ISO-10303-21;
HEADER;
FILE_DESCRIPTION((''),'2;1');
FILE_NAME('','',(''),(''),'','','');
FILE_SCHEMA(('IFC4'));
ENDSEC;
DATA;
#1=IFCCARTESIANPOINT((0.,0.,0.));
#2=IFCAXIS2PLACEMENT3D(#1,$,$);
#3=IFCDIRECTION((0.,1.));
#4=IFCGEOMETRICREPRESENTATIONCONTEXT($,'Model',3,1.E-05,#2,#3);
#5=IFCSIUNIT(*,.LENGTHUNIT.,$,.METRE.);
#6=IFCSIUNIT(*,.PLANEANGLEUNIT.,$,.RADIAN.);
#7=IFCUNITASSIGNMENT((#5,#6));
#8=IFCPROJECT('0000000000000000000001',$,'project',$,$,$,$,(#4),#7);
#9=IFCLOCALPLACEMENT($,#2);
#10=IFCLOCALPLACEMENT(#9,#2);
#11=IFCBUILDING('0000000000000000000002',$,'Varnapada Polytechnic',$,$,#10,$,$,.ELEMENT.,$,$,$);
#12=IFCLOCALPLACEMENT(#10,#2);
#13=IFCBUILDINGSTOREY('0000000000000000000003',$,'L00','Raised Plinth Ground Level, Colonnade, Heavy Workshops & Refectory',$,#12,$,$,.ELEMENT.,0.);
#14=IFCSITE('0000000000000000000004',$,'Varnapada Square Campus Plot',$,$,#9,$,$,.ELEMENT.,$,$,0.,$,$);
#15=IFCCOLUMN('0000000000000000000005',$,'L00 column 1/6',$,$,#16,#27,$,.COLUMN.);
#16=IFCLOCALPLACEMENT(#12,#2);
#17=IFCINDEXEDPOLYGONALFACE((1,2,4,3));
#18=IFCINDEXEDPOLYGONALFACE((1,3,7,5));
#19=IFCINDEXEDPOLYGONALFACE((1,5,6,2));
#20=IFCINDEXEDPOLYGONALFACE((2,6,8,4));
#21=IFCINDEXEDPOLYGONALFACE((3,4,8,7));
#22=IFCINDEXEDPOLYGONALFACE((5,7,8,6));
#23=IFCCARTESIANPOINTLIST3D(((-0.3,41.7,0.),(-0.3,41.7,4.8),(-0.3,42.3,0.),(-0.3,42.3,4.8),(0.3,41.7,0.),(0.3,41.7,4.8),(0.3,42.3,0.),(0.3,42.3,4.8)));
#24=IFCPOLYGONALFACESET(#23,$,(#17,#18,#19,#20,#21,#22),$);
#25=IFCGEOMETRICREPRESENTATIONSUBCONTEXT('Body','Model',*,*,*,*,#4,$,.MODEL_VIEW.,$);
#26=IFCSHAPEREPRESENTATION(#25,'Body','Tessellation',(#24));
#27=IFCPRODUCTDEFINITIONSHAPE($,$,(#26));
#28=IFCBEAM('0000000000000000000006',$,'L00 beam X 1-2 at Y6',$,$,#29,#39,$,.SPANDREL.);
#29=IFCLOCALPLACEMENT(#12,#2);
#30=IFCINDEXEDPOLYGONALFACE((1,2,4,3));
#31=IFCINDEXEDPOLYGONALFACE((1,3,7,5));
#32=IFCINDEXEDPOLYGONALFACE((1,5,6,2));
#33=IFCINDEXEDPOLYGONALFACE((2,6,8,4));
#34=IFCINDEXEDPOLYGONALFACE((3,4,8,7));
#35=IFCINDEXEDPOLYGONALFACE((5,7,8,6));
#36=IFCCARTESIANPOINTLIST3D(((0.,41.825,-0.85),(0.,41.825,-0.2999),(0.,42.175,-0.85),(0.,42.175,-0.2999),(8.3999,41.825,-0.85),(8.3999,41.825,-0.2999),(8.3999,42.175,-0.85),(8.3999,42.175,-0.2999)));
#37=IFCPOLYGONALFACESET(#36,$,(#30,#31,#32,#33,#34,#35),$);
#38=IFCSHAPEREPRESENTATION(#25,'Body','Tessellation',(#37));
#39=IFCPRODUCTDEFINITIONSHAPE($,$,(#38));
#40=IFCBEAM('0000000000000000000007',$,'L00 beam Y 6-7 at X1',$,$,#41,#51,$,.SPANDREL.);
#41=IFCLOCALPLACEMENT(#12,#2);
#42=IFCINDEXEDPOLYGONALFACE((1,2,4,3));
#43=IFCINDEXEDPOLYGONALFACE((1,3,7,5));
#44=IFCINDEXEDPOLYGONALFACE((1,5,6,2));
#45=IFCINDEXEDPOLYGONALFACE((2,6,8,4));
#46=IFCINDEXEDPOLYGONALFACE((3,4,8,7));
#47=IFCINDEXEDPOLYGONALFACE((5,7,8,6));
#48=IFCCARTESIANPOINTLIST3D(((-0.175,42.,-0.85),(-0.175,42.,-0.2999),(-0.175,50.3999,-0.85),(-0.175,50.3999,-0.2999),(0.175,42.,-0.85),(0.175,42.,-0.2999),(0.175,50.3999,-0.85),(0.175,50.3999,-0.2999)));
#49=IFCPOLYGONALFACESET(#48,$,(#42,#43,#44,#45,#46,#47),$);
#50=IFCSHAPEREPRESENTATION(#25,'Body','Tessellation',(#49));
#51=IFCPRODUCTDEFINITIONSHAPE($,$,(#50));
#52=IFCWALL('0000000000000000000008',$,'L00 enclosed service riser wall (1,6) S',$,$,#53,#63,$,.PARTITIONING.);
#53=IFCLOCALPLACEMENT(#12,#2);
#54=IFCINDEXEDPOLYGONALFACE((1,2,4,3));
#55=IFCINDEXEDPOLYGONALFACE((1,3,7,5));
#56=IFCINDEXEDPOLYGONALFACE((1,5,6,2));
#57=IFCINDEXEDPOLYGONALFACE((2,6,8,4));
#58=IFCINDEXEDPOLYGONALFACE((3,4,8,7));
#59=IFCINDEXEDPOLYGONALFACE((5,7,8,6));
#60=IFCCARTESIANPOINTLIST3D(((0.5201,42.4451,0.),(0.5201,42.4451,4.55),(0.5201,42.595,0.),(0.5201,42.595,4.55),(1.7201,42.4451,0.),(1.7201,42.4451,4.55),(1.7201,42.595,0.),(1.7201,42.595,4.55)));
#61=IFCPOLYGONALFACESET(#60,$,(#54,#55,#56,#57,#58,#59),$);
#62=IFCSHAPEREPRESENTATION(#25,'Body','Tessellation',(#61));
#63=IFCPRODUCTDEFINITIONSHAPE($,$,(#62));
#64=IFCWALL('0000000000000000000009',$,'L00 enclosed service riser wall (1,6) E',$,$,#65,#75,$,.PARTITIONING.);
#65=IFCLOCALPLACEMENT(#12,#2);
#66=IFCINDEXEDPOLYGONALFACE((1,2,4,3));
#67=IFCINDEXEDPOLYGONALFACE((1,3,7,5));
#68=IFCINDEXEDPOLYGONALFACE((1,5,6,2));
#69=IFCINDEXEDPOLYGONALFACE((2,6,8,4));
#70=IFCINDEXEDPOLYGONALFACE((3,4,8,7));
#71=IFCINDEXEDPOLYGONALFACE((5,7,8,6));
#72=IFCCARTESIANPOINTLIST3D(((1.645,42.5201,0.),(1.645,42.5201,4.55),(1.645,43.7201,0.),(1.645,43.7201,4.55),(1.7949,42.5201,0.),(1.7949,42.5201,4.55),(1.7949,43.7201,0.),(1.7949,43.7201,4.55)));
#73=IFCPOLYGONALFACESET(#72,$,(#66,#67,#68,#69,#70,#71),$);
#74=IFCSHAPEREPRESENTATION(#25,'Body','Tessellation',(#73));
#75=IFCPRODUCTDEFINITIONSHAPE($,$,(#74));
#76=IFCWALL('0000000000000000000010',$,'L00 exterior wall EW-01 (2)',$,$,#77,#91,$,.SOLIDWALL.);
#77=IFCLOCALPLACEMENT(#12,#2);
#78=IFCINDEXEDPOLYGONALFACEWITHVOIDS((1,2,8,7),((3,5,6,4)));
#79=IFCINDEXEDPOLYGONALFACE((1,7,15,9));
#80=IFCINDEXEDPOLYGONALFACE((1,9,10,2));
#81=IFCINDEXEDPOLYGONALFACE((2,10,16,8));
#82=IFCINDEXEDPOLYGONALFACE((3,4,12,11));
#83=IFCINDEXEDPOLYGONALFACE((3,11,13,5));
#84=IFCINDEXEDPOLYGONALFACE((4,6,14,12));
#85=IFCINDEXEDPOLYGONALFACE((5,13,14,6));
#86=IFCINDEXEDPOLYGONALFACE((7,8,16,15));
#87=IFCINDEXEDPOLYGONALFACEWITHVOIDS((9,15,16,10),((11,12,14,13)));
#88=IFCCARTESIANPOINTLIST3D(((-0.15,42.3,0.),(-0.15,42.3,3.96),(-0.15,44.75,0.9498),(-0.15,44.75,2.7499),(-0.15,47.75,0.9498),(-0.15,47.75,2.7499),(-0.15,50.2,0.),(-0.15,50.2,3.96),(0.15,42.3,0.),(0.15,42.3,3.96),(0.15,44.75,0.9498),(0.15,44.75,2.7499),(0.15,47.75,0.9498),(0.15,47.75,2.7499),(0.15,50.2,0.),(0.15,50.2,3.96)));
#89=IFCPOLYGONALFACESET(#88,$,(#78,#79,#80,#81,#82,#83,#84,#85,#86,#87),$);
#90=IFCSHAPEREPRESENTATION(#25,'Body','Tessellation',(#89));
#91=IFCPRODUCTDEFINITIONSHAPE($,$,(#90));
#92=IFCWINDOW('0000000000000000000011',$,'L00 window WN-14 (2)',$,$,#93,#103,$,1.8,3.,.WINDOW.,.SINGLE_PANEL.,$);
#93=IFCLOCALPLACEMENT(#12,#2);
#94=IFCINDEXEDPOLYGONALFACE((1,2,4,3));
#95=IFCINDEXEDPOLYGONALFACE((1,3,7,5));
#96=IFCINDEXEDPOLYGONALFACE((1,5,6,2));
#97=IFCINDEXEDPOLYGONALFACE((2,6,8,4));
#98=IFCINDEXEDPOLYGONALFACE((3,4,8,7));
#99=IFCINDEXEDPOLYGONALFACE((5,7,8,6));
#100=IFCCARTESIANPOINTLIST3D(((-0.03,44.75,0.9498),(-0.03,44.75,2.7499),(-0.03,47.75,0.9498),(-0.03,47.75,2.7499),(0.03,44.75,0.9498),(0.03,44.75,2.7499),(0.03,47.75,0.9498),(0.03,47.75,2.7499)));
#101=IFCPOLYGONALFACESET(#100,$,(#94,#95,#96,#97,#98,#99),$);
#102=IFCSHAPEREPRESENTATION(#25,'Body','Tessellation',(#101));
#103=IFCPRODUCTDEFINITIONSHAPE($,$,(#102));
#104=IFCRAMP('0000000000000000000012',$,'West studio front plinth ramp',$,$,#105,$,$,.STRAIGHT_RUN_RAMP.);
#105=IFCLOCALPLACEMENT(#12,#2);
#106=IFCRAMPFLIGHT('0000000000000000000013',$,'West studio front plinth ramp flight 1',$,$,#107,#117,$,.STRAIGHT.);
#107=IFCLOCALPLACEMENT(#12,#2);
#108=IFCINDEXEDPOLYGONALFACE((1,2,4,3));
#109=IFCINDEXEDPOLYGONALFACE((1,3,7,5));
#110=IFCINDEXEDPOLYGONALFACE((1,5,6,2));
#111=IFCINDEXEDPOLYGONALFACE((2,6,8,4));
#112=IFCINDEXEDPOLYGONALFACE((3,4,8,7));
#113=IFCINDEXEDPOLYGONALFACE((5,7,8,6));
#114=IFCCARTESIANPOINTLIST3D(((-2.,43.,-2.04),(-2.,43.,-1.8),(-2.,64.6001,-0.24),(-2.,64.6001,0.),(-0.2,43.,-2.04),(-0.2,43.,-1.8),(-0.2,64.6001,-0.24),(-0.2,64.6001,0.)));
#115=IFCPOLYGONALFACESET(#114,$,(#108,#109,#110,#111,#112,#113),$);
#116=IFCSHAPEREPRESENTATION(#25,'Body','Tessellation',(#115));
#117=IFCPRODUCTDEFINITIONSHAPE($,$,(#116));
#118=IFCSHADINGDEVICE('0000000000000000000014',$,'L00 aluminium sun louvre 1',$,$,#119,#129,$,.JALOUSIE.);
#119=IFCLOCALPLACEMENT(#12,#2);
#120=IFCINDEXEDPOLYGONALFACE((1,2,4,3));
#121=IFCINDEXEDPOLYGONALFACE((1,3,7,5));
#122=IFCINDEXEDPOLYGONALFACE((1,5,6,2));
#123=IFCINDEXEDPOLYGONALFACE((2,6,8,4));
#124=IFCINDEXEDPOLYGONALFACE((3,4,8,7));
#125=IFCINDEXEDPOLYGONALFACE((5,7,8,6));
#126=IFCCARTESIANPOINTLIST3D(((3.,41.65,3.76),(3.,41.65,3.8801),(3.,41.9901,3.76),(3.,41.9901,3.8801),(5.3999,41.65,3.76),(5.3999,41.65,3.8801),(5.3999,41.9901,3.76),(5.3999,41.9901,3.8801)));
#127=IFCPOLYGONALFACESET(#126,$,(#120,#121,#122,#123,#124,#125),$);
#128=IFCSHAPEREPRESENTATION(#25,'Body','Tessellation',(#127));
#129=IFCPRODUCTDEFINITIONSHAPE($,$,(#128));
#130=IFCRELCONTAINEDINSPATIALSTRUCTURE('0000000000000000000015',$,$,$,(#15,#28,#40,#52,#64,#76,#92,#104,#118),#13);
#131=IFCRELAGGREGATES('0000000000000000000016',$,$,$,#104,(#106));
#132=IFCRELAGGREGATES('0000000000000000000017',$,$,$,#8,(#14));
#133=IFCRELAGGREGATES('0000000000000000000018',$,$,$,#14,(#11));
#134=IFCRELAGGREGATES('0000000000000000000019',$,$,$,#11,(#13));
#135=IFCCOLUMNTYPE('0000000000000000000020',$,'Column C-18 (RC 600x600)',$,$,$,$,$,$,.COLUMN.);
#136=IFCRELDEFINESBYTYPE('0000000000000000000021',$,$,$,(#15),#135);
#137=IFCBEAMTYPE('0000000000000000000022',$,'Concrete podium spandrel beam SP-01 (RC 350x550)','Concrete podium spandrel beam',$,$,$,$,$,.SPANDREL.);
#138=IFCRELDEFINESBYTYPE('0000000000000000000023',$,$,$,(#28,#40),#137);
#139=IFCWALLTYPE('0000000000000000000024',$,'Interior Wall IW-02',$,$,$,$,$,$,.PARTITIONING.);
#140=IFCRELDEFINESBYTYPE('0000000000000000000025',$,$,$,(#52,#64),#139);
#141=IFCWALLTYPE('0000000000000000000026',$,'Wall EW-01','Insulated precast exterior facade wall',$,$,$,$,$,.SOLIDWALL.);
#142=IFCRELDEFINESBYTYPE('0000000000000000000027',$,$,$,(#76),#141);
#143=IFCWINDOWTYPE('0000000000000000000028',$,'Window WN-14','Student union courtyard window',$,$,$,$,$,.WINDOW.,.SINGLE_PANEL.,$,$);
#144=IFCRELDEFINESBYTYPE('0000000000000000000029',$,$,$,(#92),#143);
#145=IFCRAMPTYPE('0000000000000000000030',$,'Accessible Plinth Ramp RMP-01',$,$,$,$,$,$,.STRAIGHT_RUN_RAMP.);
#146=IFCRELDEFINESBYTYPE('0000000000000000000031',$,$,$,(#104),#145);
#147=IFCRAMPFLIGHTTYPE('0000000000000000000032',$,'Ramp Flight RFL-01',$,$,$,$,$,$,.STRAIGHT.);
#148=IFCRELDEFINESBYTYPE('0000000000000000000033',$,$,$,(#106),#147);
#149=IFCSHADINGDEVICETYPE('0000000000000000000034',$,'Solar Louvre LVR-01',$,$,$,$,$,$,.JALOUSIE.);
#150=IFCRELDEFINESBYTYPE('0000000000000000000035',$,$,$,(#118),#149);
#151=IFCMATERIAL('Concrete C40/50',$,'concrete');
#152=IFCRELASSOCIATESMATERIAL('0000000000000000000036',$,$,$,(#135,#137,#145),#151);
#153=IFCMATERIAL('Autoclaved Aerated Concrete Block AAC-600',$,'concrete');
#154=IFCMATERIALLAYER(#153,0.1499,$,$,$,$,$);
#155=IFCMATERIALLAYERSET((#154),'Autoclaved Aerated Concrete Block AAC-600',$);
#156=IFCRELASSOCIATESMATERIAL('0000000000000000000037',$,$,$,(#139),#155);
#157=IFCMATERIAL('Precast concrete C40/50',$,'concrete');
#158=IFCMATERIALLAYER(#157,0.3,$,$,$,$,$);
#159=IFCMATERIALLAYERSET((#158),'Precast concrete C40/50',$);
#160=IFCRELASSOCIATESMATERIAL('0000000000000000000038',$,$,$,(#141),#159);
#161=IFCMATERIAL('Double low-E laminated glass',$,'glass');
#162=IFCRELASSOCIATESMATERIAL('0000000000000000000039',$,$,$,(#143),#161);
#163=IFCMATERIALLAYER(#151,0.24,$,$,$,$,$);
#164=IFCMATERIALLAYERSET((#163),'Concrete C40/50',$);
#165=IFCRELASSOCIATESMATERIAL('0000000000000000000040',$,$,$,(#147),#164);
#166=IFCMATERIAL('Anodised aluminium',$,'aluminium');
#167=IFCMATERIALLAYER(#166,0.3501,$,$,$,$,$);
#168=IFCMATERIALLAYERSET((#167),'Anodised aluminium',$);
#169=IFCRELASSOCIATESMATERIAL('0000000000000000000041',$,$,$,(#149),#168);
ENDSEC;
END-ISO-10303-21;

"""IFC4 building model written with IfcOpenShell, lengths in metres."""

from ifc_helpers import new_model, si_unit, direction, frame, frame_2d, origin, origin_2d, place, context, subcontext, project, spatial, polyline, rectangle, outline, extrude, material, layer, layer_set, material_profile, profile_set, type_object, element, fill, aggregate, save


model = new_model("IFC4")

# Units and contexts
model_context = context("Model", 3, precision=1e-05, world=origin(), true_north=direction((0.0, 1.0)))
body_context = subcontext(model_context, "Body", "Model", "MODEL_VIEW")
ifc_project = project(units=[si_unit("LENGTHUNIT", "METRE"), si_unit("PLANEANGLEUNIT", "RADIAN")], contexts=[model_context])

# Site, building, storey
site_placement = place(None, origin())
site = spatial("IfcSite", under=ifc_project, at=site_placement, Name="Varnapada Square Campus Plot", CompositionType="ELEMENT", RefElevation=0.0)
building_placement = place(site_placement, origin())
building = spatial("IfcBuilding", under=site, at=building_placement, Name="Varnapada Polytechnic", CompositionType="ELEMENT")
storey_placement = place(building_placement, origin())
storey = spatial("IfcBuildingStorey", under=building, at=storey_placement, Name="L00", Description="Raised Plinth Ground Level, Colonnade, Heavy Workshops & Refectory", CompositionType="ELEMENT", Elevation=0.0)

# Column
ifc_material_1 = material(Name="Concrete C40/50", Category="concrete")
ifc_material_profile_1 = material_profile(ifc_material_1, rectangle(XDim=0.6001, YDim=0.6001, at=origin_2d()), Name="RC 600x600")
ifc_profile_set_1 = profile_set([ifc_material_profile_1], Name="Concrete C40/50")
column_type = type_object("IfcColumnType", Name="Column C-18 (RC 600x600)", PredefinedType="COLUMN", material=ifc_profile_set_1)
column_placement = place(storey_placement, frame((0.0, 42.0, 0.0), z_axis=(0.0, 0.0, 1.0), x_axis=(1.0, 0.0, 0.0)))
element("IfcColumn", 1, at=column_placement, inside=storey, type_object=column_type, Name="L00 column 1/6", PredefinedType="COLUMN", context=body_context, shape_type="SweptSolid", body=[
    extrude(rectangle(XDim=0.6001, YDim=0.6001, at=origin_2d()), origin(), (0.0, 0.0, 1.0), 4.8),
])

# Beams
ifc_material_profile_2 = material_profile(ifc_material_1, rectangle(XDim=0.3501, YDim=0.55, at=origin_2d()), Name="RC 350x550")
ifc_profile_set_2 = profile_set([ifc_material_profile_2], Name="Concrete C40/50")
beam_type = type_object("IfcBeamType", Name="Concrete podium spandrel beam SP-01 (RC 350x550)", Description="Concrete podium spandrel beam", PredefinedType="SPANDREL", material=ifc_profile_set_2)
for number, where, z_axis, x_axis, name in (
    (2, (0.0, 42.0, -0.575), (1.0, 0.0, 0.0), (0.0, 1.0, 0.0), "L00 beam X 1-2 at Y6"),
    (3, (0.0, 42.0, -0.575), (0.0, 1.0, 0.0), (-1.0, 0.0, 0.0), "L00 beam Y 6-7 at X1"),
):
    element("IfcBeam", number, at=place(storey_placement, frame(where, z_axis=z_axis, x_axis=x_axis)), inside=storey, type_object=beam_type, Name=name, PredefinedType="SPANDREL", context=body_context, shape_type="SweptSolid", body=[
        extrude(rectangle(XDim=0.3501, YDim=0.55, at=origin_2d()), origin(), (0.0, 0.0, 1.0), 8.3999),
    ])

# Walls
ifc_material_2 = material(Name="Autoclaved Aerated Concrete Block AAC-600", Category="concrete")
ifc_layer_1 = layer(ifc_material_2, 0.1499)
ifc_layer_set_1 = layer_set([ifc_layer_1], Name="Autoclaved Aerated Concrete Block AAC-600")
wall_type_1 = type_object("IfcWallType", Name="Interior Wall IW-02", PredefinedType="PARTITIONING", material=ifc_layer_set_1)
for number, where, z_axis, x_axis, name in (
    (4, (0.52, 42.52, 0.0), (0.0, 0.0, 1.0), (1.0, 0.0, 0.0), "L00 enclosed service riser wall (1,6) S"),
    (5, (1.72, 42.52, 0.0), (0.0, 0.0, 1.0), (0.0, 1.0, 0.0), "L00 enclosed service riser wall (1,6) E"),
):
    element("IfcWall", number, at=place(storey_placement, frame(where, z_axis=z_axis, x_axis=x_axis)), inside=storey, type_object=wall_type_1, Name=name, PredefinedType="PARTITIONING", context=body_context, shape_type="SweptSolid", body=[
        extrude(rectangle(XDim=1.2, YDim=0.1499, at=frame_2d((0.6001, 0.0))), origin(), (0.0, 0.0, 1.0), 4.55),
    ])

# Wall, opening, window
ifc_material_3 = material(Name="Precast concrete C40/50", Category="concrete")
ifc_layer_2 = layer(ifc_material_3, 0.3)
ifc_layer_set_2 = layer_set([ifc_layer_2], Name="Precast concrete C40/50")
wall_type_2 = type_object("IfcWallType", Name="Wall EW-01", Description="Insulated precast exterior facade wall", PredefinedType="SOLIDWALL", material=ifc_layer_set_2)
wall_placement = place(storey_placement, frame((0.0, 42.3, 0.0), z_axis=(0.0, 0.0, 1.0), x_axis=(0.0, 1.0, 0.0)))
wall = element("IfcWall", 6, at=wall_placement, inside=storey, type_object=wall_type_2, Name="L00 exterior wall EW-01 (2)", PredefinedType="SOLIDWALL", context=body_context, shape_type="SweptSolid", body=[
    extrude(rectangle(XDim=7.8999, YDim=0.3, at=frame_2d((3.95, 0.0))), origin(), (0.0, 0.0, 1.0), 3.96),
])
opening_1_placement = place(wall_placement, frame((2.45, 0.0, 0.95)))
opening_1 = element("IfcOpeningElement", 7, at=opening_1_placement, cuts=wall, PredefinedType="OPENING", context=body_context, shape_type="SweptSolid", body=[
    extrude(rectangle(XDim=3.0, YDim=1.8, at=frame_2d((1.5, 0.8999))), frame((0.0, 0.1599, 0.0), z_axis=(0.0, -1.0, 0.0), x_axis=(1.0, 0.0, 0.0)), (0.0, 0.0, 1.0), 0.3201),
])
ifc_material_4 = material(Name="Double low-E laminated glass", Category="glass")
window_type = type_object("IfcWindowType", Name="Window WN-14", Description="Student union courtyard window", PartitioningType="SINGLE_PANEL", PredefinedType="WINDOW", material=ifc_material_4)
window_placement = place(opening_1_placement, origin())
window = element("IfcWindow", 8, at=window_placement, inside=storey, type_object=window_type, Name="L00 window WN-14 (2)", OverallHeight=1.8, OverallWidth=3.0, PartitioningType="SINGLE_PANEL", PredefinedType="WINDOW", context=body_context, shape_type="SweptSolid", body=[
    extrude(rectangle(XDim=3.0, YDim=1.8, at=frame_2d((1.5, 0.8999))), frame((0.0, 0.03, 0.0), z_axis=(0.0, -1.0, 0.0), x_axis=(1.0, 0.0, 0.0)), (0.0, 0.0, 1.0), 0.0601),
])
fill(opening_1, window)

# Ramp, ramp flight
ramp_type = type_object("IfcRampType", Name="Accessible Plinth Ramp RMP-01", PredefinedType="STRAIGHT_RUN_RAMP", material=ifc_material_1)
ramp_placement = place(storey_placement, origin())
ramp = element("IfcRamp", 9, at=ramp_placement, inside=storey, type_object=ramp_type, Name="West studio front plinth ramp", PredefinedType="STRAIGHT_RUN_RAMP")
ifc_layer_3 = layer(ifc_material_1, 0.24)
ifc_layer_set_3 = layer_set([ifc_layer_3], Name="Concrete C40/50")
ramp_flight_type = type_object("IfcRampFlightType", Name="Ramp Flight RFL-01", PredefinedType="STRAIGHT", material=ifc_layer_set_3)
ramp_flight_placement = place(storey_placement, frame((-1.1001, 43.0, -1.8), z_axis=(0.0, 0.0, 1.0), x_axis=(0.0, 1.0, 0.0)))
ramp_flight = element("IfcRampFlight", 10, at=ramp_flight_placement, type_object=ramp_flight_type, Name="West studio front plinth ramp flight 1", PredefinedType="STRAIGHT", context=body_context, shape_type="SweptSolid", body=[
    extrude(outline(polyline([(0.0, 0.0), (21.6001, 1.8), (21.6001, 1.5601), (0.0, -0.24), (0.0, 0.0)])), frame((0.0, 0.8999, 0.0), z_axis=(0.0, -1.0, 0.0), x_axis=(1.0, 0.0, 0.0)), (0.0, 0.0, 1.0), 1.8),
])
aggregate(ramp, [ramp_flight])

# Shading device
ifc_material_5 = material(Name="Anodised aluminium", Category="aluminium")
ifc_layer_4 = layer(ifc_material_5, 0.3501)
ifc_layer_set_4 = layer_set([ifc_layer_4], Name="Anodised aluminium")
shading_device_type_1 = type_object("IfcShadingDeviceType", Name="Solar Louvre LVR-01", PredefinedType="JALOUSIE", material=ifc_layer_set_4)
shading_device_1_placement = place(storey_placement, frame((4.2, 41.8201, 3.76), z_axis=(0.0, 0.0, 1.0), x_axis=(-1.0, 0.0, 0.0)))
element("IfcShadingDevice", 11, at=shading_device_1_placement, inside=storey, type_object=shading_device_type_1, Name="L00 aluminium sun louvre 1", PredefinedType="JALOUSIE", context=body_context, shape_type="SweptSolid", body=[
    extrude(rectangle(XDim=2.3999, YDim=0.3401, at=origin_2d()), origin(), (0.0, 0.0, 1.0), 0.1201),
])

save(model, "model.ifc")
